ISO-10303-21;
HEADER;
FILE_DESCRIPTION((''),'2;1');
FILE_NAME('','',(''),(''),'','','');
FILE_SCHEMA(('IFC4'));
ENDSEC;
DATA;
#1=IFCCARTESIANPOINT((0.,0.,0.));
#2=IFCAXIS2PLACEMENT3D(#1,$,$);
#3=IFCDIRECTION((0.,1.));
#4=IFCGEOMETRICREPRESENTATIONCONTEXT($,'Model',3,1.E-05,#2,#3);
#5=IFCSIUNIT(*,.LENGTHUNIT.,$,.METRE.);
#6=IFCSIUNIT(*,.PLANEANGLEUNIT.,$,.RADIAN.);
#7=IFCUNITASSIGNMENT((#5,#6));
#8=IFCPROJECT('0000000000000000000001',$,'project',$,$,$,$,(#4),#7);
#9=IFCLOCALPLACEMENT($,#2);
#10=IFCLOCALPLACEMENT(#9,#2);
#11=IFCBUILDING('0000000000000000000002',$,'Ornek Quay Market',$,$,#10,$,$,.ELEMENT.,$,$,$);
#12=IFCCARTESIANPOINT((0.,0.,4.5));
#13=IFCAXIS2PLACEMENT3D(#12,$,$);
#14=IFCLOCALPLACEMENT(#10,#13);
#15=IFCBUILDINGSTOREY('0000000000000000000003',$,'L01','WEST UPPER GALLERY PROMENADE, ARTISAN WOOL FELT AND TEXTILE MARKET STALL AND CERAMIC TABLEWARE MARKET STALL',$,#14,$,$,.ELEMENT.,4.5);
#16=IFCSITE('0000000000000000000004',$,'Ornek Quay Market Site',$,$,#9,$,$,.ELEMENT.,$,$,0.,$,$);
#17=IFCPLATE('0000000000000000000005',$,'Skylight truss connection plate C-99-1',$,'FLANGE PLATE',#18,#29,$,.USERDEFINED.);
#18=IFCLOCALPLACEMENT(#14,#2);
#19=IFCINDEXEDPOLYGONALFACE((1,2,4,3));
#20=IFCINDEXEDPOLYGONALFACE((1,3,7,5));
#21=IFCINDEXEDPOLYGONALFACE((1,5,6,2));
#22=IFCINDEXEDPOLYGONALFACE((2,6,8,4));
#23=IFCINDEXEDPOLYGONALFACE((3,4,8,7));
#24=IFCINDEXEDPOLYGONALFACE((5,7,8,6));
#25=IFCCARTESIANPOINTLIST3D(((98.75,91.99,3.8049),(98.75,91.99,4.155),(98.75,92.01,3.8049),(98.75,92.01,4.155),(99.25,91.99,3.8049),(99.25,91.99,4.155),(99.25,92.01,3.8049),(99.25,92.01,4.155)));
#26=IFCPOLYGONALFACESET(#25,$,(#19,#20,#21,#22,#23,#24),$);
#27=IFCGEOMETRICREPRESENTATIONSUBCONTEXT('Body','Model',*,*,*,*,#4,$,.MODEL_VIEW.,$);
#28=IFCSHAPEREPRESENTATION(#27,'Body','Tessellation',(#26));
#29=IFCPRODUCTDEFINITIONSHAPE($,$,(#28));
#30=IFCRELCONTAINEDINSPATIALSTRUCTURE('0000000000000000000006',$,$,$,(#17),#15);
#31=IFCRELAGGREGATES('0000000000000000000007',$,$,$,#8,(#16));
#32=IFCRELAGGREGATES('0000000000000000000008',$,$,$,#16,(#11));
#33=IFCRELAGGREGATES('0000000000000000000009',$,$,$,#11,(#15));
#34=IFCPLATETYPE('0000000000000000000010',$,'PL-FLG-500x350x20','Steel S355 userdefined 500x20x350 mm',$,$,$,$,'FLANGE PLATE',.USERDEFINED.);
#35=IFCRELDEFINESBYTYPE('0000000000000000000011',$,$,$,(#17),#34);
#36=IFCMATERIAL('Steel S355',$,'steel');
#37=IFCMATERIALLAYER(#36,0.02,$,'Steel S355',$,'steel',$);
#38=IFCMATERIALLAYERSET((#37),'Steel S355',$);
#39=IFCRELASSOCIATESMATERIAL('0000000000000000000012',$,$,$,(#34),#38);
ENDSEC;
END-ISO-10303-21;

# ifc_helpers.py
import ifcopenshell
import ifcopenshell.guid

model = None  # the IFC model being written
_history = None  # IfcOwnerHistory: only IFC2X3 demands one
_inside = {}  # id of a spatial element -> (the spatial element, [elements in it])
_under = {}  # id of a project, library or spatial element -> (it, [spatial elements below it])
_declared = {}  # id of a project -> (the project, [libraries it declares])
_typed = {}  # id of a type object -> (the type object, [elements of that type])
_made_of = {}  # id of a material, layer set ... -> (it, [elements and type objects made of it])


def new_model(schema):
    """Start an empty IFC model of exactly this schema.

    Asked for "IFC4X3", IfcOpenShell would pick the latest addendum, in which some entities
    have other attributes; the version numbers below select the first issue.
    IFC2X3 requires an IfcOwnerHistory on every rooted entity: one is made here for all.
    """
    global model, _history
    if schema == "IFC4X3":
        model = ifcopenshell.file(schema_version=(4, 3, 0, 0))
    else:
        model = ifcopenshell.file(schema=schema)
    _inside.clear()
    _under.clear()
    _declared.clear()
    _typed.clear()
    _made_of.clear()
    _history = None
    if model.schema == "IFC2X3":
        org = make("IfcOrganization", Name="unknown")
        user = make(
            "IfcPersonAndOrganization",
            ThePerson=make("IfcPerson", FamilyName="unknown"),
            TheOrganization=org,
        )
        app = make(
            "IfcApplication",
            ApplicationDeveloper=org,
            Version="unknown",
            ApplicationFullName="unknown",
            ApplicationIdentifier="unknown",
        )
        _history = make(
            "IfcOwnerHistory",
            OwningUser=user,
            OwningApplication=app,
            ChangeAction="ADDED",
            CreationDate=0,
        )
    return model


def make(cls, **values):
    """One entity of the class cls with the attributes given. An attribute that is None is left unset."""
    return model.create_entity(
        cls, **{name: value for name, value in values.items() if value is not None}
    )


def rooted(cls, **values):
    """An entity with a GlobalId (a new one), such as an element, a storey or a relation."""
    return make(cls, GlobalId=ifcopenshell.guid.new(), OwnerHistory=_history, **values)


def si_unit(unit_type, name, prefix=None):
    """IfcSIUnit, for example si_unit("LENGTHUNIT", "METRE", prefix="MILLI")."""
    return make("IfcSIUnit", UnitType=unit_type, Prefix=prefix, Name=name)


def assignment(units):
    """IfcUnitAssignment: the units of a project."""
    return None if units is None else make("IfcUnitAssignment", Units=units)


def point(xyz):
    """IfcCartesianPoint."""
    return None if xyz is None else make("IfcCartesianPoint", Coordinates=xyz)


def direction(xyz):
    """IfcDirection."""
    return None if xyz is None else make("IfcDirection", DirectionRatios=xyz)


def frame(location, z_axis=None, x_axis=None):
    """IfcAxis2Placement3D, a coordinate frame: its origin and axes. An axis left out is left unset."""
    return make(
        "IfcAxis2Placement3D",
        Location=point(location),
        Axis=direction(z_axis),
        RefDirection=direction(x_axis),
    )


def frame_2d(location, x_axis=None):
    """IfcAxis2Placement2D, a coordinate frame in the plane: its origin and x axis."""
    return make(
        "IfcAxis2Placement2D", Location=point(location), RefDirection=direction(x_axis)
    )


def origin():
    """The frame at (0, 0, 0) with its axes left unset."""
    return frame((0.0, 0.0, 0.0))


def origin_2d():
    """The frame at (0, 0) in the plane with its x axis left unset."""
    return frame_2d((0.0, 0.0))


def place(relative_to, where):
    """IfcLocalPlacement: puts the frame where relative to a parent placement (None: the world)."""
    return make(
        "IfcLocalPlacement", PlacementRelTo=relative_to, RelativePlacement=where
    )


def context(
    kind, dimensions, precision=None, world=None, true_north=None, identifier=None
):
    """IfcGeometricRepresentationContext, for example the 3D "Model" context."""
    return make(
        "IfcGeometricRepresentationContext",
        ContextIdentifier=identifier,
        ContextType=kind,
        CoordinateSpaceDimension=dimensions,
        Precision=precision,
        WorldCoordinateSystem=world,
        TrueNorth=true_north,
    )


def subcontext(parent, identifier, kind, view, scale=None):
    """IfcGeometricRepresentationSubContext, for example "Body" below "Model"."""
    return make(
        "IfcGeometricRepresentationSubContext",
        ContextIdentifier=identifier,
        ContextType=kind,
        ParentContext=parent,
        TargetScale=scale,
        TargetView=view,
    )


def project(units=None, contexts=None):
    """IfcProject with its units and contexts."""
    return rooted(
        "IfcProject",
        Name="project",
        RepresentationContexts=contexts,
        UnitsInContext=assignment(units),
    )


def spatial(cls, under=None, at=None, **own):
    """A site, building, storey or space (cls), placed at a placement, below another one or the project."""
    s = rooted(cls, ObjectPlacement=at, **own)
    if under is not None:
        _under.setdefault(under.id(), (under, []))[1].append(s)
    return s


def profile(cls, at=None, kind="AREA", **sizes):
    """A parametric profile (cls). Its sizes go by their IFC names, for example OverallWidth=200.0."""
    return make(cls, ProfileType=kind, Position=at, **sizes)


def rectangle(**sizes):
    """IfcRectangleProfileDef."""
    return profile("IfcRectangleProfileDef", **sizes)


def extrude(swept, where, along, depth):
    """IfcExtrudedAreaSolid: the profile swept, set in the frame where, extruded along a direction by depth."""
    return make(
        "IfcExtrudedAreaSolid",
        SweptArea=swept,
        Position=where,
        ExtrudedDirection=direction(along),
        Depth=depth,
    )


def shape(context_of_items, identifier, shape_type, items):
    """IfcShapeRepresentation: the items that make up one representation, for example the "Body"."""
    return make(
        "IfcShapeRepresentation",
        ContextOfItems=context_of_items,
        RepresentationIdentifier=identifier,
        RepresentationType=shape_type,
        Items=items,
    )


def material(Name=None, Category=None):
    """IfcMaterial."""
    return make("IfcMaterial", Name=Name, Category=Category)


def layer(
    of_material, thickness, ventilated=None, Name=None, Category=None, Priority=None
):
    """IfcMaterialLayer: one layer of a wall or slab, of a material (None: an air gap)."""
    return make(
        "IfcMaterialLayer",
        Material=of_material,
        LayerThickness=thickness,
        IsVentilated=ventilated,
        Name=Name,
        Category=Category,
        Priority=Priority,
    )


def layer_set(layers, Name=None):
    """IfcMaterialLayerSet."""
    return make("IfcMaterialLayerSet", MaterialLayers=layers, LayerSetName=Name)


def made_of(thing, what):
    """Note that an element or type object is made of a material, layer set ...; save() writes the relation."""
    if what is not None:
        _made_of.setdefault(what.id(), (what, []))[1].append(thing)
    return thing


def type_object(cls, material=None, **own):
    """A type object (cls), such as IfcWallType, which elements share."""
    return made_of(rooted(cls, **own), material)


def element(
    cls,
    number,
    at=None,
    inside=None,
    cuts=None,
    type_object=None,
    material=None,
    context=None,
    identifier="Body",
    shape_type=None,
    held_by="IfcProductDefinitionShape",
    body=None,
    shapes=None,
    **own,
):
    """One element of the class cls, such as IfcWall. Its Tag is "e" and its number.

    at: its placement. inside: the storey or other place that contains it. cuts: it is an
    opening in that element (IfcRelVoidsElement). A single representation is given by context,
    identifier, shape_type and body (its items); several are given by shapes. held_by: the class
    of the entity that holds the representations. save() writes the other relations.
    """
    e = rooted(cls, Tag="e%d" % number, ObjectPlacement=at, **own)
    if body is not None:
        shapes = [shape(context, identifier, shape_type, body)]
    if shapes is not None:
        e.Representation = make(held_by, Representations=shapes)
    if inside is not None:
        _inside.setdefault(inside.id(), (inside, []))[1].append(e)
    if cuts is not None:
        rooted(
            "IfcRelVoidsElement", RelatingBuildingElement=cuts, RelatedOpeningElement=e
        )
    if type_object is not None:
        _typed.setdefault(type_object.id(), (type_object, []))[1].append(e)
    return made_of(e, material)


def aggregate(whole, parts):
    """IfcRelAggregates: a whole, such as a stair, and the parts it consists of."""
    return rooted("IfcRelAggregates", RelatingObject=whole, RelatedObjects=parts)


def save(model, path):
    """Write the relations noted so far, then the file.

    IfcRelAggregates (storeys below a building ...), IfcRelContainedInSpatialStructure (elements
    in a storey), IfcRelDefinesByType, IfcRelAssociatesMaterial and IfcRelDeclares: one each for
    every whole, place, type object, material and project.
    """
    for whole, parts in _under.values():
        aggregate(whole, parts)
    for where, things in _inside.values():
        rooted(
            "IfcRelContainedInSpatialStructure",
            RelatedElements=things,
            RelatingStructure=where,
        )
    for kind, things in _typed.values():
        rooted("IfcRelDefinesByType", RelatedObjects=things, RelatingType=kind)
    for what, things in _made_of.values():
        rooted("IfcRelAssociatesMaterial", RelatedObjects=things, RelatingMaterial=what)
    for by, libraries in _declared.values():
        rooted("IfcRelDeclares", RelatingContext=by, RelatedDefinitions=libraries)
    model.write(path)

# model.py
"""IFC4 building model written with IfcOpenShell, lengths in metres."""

from ifc_helpers import new_model, si_unit, direction, frame, origin, origin_2d, place, context, subcontext, project, spatial, rectangle, extrude, material, layer, layer_set, type_object, element, save


model = new_model("IFC4")

# Units and contexts
model_context = context("Model", 3, precision=1e-05, world=origin(), true_north=direction((0.0, 1.0)))
body_context = subcontext(model_context, "Body", "Model", "MODEL_VIEW")
ifc_project = project(units=[si_unit("LENGTHUNIT", "METRE"), si_unit("PLANEANGLEUNIT", "RADIAN")], contexts=[model_context])

# Site, building, storey
site_placement = place(None, origin())
site = spatial("IfcSite", under=ifc_project, at=site_placement, Name="Ornek Quay Market Site", CompositionType="ELEMENT", RefElevation=0.0)
building_placement = place(site_placement, origin())
building = spatial("IfcBuilding", under=site, at=building_placement, Name="Ornek Quay Market", CompositionType="ELEMENT")
storey_placement = place(building_placement, frame((0.0, 0.0, 4.5)))
storey = spatial("IfcBuildingStorey", under=building, at=storey_placement, Name="L01", Description="WEST UPPER GALLERY PROMENADE, ARTISAN WOOL FELT AND TEXTILE MARKET STALL AND CERAMIC TABLEWARE MARKET STALL", CompositionType="ELEMENT", Elevation=4.5)

# Shared definitions
ifc_material_1 = material(Name="Steel S355", Category="steel")

# Plate
ifc_layer_1 = layer(ifc_material_1, 0.02, Name="Steel S355", Category="steel")
ifc_layer_set_1 = layer_set([ifc_layer_1], Name="Steel S355")
plate_type_1 = type_object("IfcPlateType", Name="PL-FLG-500x350x20", Description="Steel S355 userdefined 500x20x350 mm", ElementType="FLANGE PLATE", PredefinedType="USERDEFINED", material=ifc_layer_set_1)
plate_1_placement = place(storey_placement, frame((99.0, 92.0, 3.8049), z_axis=(0.0, 0.0, 1.0), x_axis=(1.0, 0.0, 0.0)))
element("IfcPlate", 1, at=plate_1_placement, inside=storey, type_object=plate_type_1, Name="Skylight truss connection plate C-99-1", ObjectType="FLANGE PLATE", PredefinedType="USERDEFINED", context=body_context, shape_type="SweptSolid", body=[
    extrude(rectangle(XDim=0.5, YDim=0.02, at=origin_2d()), origin(), (0.0, 0.0, 1.0), 0.3501),
])

save(model, "model.ifc")
